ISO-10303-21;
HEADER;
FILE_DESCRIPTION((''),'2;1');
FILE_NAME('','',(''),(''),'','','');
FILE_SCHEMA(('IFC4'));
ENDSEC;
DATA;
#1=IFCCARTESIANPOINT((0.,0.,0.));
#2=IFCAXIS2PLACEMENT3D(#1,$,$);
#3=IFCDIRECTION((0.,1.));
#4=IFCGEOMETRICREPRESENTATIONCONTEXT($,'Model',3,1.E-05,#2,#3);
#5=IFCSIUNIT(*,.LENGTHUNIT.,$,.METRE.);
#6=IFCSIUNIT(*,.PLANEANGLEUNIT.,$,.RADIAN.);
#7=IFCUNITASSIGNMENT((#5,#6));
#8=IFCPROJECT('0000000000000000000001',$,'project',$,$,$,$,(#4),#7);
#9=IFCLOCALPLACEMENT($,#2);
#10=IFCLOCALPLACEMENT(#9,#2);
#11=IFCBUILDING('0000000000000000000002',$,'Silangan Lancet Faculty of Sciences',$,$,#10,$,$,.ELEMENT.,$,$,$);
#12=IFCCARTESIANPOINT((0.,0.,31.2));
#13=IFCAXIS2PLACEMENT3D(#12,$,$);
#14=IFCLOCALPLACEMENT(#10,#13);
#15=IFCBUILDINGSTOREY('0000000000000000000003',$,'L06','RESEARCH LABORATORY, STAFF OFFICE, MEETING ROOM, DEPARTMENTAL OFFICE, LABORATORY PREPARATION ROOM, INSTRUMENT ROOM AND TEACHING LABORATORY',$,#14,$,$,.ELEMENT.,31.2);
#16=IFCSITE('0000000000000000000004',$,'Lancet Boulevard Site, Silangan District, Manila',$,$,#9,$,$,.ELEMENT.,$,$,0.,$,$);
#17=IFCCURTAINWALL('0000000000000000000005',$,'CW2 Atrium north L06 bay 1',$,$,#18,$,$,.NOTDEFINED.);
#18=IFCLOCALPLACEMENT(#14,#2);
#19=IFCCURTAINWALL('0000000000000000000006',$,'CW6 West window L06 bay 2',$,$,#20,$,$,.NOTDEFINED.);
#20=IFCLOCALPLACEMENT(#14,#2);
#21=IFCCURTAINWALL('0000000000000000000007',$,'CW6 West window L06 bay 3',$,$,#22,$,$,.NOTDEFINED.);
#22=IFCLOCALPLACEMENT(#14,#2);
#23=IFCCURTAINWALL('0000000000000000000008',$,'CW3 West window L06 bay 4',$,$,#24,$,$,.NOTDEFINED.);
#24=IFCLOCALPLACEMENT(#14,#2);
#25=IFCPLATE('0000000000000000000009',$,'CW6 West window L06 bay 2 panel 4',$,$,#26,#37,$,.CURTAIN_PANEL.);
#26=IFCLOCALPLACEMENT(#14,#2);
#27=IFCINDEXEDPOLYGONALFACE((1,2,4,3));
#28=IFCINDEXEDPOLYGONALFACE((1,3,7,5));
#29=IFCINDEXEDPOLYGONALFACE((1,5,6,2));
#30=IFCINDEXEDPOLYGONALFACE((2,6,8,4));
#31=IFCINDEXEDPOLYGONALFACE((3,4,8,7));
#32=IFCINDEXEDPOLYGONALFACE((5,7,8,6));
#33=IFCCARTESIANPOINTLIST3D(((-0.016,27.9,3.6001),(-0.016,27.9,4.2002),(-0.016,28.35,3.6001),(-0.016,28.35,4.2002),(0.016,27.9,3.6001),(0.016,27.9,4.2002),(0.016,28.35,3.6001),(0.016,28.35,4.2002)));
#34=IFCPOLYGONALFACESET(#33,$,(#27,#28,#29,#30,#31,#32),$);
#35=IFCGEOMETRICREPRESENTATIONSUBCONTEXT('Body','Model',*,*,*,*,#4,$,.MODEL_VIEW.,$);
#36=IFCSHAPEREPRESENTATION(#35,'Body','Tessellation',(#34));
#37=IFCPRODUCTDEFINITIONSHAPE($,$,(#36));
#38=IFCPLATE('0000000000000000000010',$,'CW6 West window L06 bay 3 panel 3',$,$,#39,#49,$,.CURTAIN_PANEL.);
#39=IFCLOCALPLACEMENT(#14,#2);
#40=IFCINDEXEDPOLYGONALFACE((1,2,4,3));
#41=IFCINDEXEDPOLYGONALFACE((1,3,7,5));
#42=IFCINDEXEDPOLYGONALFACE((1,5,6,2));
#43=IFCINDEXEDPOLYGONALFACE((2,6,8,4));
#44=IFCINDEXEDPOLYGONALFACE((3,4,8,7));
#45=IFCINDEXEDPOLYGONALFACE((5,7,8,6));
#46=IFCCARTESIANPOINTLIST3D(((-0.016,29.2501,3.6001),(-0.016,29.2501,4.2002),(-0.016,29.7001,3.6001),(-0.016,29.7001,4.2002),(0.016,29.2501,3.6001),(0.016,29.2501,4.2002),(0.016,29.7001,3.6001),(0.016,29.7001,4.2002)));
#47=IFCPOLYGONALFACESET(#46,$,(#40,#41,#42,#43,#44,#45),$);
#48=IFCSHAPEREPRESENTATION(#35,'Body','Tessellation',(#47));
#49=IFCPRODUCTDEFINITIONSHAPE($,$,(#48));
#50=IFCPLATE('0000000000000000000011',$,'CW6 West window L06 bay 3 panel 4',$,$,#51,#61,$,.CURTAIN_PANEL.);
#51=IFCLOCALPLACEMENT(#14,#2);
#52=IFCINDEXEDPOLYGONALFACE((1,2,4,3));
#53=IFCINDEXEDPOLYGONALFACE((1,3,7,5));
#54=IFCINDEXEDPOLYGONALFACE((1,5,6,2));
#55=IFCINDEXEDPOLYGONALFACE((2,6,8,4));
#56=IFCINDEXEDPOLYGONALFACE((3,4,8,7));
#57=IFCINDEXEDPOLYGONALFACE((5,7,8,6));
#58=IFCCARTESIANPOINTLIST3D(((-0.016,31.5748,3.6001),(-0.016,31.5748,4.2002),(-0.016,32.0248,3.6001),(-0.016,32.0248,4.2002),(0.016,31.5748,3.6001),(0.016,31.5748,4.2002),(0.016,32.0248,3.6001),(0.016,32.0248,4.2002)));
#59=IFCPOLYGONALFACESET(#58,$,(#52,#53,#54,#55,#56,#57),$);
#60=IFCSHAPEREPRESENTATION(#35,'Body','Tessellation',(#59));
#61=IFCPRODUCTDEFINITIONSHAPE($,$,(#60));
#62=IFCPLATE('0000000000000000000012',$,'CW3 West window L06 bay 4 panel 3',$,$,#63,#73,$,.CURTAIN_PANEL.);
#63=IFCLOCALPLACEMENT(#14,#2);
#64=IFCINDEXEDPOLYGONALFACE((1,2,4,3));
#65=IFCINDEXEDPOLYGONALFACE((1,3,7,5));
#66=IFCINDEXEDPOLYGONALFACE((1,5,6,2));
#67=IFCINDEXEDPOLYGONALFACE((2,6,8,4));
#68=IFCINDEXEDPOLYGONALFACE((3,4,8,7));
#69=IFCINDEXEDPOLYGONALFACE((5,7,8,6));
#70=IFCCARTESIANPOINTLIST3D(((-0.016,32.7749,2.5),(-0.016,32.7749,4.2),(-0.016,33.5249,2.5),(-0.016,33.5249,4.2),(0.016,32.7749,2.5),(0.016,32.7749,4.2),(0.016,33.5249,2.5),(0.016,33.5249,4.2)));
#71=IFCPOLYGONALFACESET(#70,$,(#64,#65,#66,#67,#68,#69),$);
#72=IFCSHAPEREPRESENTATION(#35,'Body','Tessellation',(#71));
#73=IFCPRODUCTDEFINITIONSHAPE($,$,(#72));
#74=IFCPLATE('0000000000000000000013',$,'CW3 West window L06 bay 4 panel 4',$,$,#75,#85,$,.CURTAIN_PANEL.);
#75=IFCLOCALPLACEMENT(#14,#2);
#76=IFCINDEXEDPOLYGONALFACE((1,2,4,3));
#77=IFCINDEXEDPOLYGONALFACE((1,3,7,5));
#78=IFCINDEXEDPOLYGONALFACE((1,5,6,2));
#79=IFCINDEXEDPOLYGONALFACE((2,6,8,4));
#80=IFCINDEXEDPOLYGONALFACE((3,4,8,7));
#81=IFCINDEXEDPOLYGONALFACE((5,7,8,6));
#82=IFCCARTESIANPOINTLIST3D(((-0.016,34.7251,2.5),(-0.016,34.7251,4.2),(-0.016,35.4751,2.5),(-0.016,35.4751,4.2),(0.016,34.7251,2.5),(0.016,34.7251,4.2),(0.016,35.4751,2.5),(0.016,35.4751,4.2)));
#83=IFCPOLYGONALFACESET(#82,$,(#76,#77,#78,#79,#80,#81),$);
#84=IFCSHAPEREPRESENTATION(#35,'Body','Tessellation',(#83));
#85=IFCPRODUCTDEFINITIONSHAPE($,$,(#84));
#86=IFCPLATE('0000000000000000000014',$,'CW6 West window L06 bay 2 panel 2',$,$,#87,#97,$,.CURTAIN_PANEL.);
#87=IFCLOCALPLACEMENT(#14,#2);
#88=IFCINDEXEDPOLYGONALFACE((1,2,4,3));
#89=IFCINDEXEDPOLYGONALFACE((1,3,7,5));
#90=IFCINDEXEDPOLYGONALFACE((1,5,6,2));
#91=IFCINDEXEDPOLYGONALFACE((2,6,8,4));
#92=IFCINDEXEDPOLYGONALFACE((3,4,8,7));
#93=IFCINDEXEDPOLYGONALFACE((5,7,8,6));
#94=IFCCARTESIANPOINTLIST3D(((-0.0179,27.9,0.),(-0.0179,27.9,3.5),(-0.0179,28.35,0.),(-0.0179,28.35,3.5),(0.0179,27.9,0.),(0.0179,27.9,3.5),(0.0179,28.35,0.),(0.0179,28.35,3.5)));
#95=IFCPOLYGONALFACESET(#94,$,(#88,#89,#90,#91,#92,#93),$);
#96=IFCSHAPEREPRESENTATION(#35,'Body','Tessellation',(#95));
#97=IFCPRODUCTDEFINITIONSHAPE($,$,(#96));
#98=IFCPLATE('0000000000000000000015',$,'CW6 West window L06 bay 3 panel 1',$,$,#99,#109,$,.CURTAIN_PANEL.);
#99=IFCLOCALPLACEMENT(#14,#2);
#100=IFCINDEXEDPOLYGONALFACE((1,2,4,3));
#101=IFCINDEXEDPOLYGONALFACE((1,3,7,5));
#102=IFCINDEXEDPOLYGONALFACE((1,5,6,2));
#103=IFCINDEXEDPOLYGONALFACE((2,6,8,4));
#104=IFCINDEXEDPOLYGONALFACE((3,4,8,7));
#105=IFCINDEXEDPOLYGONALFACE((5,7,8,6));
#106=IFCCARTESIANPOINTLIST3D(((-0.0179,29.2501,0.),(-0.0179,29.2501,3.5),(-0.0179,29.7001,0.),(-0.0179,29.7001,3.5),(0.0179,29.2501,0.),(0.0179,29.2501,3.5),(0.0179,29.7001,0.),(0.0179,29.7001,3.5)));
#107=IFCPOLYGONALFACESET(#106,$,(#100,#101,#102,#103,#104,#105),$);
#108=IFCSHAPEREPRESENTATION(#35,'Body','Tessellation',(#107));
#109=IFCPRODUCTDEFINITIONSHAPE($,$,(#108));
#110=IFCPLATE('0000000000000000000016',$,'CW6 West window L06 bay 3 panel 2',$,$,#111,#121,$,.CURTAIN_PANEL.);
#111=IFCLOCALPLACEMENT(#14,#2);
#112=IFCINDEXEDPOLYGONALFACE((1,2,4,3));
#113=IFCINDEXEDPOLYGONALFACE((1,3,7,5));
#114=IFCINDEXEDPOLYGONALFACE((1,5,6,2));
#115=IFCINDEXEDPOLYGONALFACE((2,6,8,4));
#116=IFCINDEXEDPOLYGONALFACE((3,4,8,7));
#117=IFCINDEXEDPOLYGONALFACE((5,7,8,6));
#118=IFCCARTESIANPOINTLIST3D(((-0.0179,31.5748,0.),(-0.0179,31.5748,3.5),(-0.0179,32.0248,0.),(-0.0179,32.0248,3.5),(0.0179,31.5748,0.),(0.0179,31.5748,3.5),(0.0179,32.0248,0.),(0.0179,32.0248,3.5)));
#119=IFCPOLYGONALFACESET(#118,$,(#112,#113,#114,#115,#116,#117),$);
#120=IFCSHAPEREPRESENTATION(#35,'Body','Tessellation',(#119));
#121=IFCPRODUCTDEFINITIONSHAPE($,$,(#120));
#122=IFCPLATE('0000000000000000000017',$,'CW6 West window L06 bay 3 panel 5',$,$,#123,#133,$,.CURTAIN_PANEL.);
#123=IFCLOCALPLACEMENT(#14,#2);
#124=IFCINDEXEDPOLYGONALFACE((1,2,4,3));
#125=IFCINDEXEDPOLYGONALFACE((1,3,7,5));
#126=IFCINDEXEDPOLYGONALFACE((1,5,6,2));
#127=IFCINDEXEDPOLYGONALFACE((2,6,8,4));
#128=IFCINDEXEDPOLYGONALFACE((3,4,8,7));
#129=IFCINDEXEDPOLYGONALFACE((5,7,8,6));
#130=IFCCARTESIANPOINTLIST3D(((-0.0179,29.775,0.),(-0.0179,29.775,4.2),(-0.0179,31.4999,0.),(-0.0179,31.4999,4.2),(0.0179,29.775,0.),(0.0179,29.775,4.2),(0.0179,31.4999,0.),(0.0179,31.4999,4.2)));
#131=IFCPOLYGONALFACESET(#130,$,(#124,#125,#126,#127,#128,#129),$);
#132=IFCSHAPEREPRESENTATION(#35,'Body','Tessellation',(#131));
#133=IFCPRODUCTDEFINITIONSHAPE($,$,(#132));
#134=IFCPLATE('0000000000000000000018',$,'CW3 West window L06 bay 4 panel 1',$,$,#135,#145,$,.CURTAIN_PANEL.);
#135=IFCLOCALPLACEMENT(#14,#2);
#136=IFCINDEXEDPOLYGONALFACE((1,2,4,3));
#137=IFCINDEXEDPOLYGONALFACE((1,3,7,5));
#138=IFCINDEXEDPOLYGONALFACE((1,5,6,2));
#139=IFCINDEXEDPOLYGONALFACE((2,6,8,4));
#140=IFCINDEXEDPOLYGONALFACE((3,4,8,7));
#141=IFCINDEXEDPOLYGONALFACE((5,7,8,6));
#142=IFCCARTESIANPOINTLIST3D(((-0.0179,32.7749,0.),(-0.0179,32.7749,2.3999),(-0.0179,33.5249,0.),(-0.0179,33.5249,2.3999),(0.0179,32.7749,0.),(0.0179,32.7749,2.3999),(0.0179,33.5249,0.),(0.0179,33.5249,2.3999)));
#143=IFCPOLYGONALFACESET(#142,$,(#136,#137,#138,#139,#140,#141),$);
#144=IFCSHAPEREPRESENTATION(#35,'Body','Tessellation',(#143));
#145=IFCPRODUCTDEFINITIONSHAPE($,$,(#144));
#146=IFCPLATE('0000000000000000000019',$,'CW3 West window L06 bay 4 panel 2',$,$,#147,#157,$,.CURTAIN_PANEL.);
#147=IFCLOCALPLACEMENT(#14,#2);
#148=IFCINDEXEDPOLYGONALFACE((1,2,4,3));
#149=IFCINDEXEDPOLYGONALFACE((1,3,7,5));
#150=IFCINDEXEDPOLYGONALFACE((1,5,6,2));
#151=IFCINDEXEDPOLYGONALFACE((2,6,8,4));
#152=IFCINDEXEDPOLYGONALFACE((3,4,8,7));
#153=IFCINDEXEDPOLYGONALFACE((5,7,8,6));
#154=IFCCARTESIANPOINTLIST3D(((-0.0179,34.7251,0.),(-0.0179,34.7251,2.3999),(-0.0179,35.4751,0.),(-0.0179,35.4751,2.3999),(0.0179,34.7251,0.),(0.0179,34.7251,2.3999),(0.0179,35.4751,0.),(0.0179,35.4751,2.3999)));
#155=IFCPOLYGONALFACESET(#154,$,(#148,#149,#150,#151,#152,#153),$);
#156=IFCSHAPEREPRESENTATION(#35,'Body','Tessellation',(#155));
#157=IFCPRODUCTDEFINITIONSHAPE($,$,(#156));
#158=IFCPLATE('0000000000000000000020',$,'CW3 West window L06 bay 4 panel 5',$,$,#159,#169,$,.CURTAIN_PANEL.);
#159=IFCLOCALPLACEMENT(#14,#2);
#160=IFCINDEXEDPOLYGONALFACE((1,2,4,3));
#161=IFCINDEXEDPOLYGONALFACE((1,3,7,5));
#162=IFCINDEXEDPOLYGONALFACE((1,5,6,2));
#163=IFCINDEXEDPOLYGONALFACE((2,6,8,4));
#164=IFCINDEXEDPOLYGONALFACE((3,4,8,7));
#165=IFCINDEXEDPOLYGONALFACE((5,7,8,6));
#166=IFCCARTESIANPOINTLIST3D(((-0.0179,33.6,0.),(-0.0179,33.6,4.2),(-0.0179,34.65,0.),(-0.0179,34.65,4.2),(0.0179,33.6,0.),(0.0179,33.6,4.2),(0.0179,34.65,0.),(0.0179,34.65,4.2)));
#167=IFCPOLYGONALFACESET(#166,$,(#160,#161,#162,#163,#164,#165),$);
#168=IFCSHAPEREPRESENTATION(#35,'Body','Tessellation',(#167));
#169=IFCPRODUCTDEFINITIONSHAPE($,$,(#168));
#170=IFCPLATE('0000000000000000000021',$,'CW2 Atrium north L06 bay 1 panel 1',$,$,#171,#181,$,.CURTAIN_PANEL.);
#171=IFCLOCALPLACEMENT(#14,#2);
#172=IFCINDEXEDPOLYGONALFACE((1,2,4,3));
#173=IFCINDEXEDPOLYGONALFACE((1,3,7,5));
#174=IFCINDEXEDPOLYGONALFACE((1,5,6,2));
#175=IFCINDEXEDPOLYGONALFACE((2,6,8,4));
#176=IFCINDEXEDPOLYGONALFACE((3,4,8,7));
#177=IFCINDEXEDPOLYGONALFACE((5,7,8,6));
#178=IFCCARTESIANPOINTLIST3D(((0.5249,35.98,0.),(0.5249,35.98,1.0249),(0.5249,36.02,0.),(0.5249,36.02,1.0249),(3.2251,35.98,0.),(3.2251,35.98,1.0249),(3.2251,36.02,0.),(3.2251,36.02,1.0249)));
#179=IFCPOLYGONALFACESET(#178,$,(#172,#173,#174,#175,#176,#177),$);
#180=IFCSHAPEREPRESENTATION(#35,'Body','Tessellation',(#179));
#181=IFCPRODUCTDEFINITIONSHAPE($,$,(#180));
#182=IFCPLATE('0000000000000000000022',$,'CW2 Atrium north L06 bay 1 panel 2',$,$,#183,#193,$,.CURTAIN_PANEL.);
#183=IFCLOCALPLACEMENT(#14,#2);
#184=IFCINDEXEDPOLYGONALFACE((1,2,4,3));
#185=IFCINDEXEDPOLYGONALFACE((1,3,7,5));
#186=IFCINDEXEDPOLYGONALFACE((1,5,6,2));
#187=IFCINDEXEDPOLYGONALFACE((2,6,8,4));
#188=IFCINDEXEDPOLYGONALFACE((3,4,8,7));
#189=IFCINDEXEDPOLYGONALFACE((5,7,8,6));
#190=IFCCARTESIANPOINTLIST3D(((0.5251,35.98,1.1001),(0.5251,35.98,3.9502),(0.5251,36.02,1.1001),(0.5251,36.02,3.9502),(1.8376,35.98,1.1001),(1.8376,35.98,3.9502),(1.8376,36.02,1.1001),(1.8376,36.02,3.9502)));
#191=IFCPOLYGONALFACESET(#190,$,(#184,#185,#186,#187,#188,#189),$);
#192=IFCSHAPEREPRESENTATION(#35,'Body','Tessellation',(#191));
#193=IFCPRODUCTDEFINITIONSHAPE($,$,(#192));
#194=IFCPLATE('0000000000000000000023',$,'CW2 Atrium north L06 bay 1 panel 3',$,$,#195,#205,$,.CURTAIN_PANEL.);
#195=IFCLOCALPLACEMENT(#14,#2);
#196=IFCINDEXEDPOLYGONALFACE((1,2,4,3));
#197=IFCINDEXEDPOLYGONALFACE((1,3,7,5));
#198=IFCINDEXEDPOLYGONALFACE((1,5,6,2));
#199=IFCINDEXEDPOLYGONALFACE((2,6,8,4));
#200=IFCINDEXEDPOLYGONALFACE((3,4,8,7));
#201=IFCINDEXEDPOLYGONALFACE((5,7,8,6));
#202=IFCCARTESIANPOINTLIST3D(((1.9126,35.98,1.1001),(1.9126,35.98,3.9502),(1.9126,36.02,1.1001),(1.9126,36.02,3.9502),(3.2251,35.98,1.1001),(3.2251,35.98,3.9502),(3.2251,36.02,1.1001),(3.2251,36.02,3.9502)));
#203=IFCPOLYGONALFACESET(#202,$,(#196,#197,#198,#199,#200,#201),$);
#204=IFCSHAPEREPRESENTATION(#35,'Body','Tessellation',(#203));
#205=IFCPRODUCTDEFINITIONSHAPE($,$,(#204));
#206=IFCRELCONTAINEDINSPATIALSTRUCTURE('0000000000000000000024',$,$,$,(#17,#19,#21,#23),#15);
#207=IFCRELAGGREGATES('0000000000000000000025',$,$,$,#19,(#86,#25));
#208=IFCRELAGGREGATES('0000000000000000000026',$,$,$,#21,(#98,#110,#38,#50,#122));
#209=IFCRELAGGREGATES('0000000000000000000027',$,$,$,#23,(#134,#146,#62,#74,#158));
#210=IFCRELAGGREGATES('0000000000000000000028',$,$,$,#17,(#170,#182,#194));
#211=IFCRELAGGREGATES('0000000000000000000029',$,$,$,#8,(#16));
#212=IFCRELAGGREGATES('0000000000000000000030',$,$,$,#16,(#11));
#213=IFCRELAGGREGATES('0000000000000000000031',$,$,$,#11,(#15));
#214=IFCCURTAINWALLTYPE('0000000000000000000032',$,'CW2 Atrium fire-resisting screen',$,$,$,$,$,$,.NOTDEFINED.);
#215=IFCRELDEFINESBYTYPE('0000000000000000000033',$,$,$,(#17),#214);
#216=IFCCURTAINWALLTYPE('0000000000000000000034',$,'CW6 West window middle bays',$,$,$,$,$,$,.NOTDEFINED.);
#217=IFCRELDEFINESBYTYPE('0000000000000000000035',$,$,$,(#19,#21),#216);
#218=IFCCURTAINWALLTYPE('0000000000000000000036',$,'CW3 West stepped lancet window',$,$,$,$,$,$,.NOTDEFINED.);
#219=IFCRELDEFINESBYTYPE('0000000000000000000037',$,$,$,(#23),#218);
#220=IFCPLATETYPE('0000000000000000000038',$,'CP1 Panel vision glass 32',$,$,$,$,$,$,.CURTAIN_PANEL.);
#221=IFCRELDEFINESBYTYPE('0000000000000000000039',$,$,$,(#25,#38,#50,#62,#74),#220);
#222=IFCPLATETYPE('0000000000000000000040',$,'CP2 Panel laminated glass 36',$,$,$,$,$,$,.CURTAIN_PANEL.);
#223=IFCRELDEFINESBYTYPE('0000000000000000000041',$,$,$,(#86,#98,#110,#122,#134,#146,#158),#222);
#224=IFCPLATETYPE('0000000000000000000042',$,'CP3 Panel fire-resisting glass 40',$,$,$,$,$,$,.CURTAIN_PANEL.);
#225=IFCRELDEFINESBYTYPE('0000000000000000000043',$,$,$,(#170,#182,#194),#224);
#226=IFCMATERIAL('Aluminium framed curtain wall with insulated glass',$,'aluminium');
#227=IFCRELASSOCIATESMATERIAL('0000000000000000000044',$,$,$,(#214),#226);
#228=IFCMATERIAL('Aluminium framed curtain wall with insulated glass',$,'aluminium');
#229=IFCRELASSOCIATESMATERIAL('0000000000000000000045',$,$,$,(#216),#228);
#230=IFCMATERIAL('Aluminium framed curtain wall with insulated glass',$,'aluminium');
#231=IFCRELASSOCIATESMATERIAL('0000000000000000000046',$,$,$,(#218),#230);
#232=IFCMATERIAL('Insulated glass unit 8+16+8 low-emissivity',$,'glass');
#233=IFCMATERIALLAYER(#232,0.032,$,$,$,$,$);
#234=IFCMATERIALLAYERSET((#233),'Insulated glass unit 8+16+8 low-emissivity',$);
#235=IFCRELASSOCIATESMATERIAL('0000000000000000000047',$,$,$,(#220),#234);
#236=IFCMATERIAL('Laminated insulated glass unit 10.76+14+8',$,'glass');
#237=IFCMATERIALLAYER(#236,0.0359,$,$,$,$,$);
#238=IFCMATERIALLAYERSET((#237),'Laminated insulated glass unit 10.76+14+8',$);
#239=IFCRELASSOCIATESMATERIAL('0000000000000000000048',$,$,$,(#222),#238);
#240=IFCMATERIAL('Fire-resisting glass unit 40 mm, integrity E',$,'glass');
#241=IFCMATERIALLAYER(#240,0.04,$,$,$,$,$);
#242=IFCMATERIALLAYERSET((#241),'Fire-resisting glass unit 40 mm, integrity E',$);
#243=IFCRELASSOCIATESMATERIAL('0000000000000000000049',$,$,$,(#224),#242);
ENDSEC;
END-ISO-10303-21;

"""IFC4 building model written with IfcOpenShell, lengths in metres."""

from ifc_helpers import new_model, si_unit, direction, frame, origin, origin_2d, place, context, subcontext, project, spatial, rectangle, extrude, material, layer, layer_set, type_object, element, aggregate, save


model = new_model("IFC4")

# Units and contexts
model_context = context("Model", 3, precision=1e-05, world=origin(), true_north=direction((0.0, 1.0)))
body_context = subcontext(model_context, "Body", "Model", "MODEL_VIEW")
ifc_project = project(units=[si_unit("LENGTHUNIT", "METRE"), si_unit("PLANEANGLEUNIT", "RADIAN")], contexts=[model_context])

# Site, building, storey
site_placement = place(None, origin())
site = spatial("IfcSite", under=ifc_project, at=site_placement, Name="Lancet Boulevard Site, Silangan District, Manila", CompositionType="ELEMENT", RefElevation=0.0)
building_placement = place(site_placement, origin())
building = spatial("IfcBuilding", under=site, at=building_placement, Name="Silangan Lancet Faculty of Sciences", CompositionType="ELEMENT")
storey_placement = place(building_placement, frame((0.0, 0.0, 31.2)))
storey = spatial("IfcBuildingStorey", under=building, at=storey_placement, Name="L06", Description="RESEARCH LABORATORY, STAFF OFFICE, MEETING ROOM, DEPARTMENTAL OFFICE, LABORATORY PREPARATION ROOM, INSTRUMENT ROOM AND TEACHING LABORATORY", CompositionType="ELEMENT", Elevation=31.2)

# Curtain wall
ifc_material_1 = material(Name="Aluminium framed curtain wall with insulated glass", Category="aluminium")
curtain_wall_type_1 = type_object("IfcCurtainWallType", Name="CW2 Atrium fire-resisting screen", PredefinedType="NOTDEFINED", material=ifc_material_1)
curtain_wall_1_placement = place(storey_placement, origin())
curtain_wall_1 = element("IfcCurtainWall", 1, at=curtain_wall_1_placement, inside=storey, type_object=curtain_wall_type_1, Name="CW2 Atrium north L06 bay 1", PredefinedType="NOTDEFINED")

# Curtain wall
ifc_material_2 = material(Name="Aluminium framed curtain wall with insulated glass", Category="aluminium")
curtain_wall_type_2 = type_object("IfcCurtainWallType", Name="CW6 West window middle bays", PredefinedType="NOTDEFINED", material=ifc_material_2)
curtain_wall_2_placement = place(storey_placement, origin())
curtain_wall_2 = element("IfcCurtainWall", 2, at=curtain_wall_2_placement, inside=storey, type_object=curtain_wall_type_2, Name="CW6 West window L06 bay 2", PredefinedType="NOTDEFINED")

# Curtain walls
curtain_wall_3_placement = place(storey_placement, origin())
curtain_wall_3 = element("IfcCurtainWall", 3, at=curtain_wall_3_placement, inside=storey, type_object=curtain_wall_type_2, Name="CW6 West window L06 bay 3", PredefinedType="NOTDEFINED")
ifc_material_3 = material(Name="Aluminium framed curtain wall with insulated glass", Category="aluminium")
curtain_wall_type_3 = type_object("IfcCurtainWallType", Name="CW3 West stepped lancet window", PredefinedType="NOTDEFINED", material=ifc_material_3)
curtain_wall_4_placement = place(storey_placement, origin())
curtain_wall_4 = element("IfcCurtainWall", 4, at=curtain_wall_4_placement, inside=storey, type_object=curtain_wall_type_3, Name="CW3 West window L06 bay 4", PredefinedType="NOTDEFINED")

# Plates
ifc_material_4 = material(Name="Insulated glass unit 8+16+8 low-emissivity", Category="glass")
ifc_layer_1 = layer(ifc_material_4, 0.032)
ifc_layer_set_1 = layer_set([ifc_layer_1], Name="Insulated glass unit 8+16+8 low-emissivity")
plate_type_1 = type_object("IfcPlateType", Name="CP1 Panel vision glass 32", PredefinedType="CURTAIN_PANEL", material=ifc_layer_set_1)
plate_1_placement = place(storey_placement, frame((0.0, 28.125, 3.6001), z_axis=(0.0, 0.0, 1.0), x_axis=(0.0, 1.0, 0.0)))
plate_1 = element("IfcPlate", 5, at=plate_1_placement, type_object=plate_type_1, Name="CW6 West window L06 bay 2 panel 4", PredefinedType="CURTAIN_PANEL", context=body_context, shape_type="SweptSolid", body=[
    extrude(rectangle(XDim=0.45, YDim=0.032, at=origin_2d()), origin(), (0.0, 0.0, 1.0), 0.6001),
])
plate_2_placement = place(storey_placement, frame((0.0, 29.4751, 3.6001), z_axis=(0.0, 0.0, 1.0), x_axis=(0.0, 1.0, 0.0)))
plate_2 = element("IfcPlate", 6, at=plate_2_placement, type_object=plate_type_1, Name="CW6 West window L06 bay 3 panel 3", PredefinedType="CURTAIN_PANEL", context=body_context, shape_type="SweptSolid", body=[
    extrude(rectangle(XDim=0.45, YDim=0.032, at=origin_2d()), origin(), (0.0, 0.0, 1.0), 0.6001),
])
plate_3_placement = place(storey_placement, frame((0.0, 31.7998, 3.6001), z_axis=(0.0, 0.0, 1.0), x_axis=(0.0, 1.0, 0.0)))
plate_3 = element("IfcPlate", 7, at=plate_3_placement, type_object=plate_type_1, Name="CW6 West window L06 bay 3 panel 4", PredefinedType="CURTAIN_PANEL", context=body_context, shape_type="SweptSolid", body=[
    extrude(rectangle(XDim=0.45, YDim=0.032, at=origin_2d()), origin(), (0.0, 0.0, 1.0), 0.6001),
])
plate_4_placement = place(storey_placement, frame((0.0, 33.1499, 2.5), z_axis=(0.0, 0.0, 1.0), x_axis=(0.0, 1.0, 0.0)))
plate_4 = element("IfcPlate", 8, at=plate_4_placement, type_object=plate_type_1, Name="CW3 West window L06 bay 4 panel 3", PredefinedType="CURTAIN_PANEL", context=body_context, shape_type="SweptSolid", body=[
    extrude(rectangle(XDim=0.75, YDim=0.032, at=origin_2d()), origin(), (0.0, 0.0, 1.0), 1.7),
])
plate_5_placement = place(storey_placement, frame((0.0, 35.1001, 2.5), z_axis=(0.0, 0.0, 1.0), x_axis=(0.0, 1.0, 0.0)))
plate_5 = element("IfcPlate", 9, at=plate_5_placement, type_object=plate_type_1, Name="CW3 West window L06 bay 4 panel 4", PredefinedType="CURTAIN_PANEL", context=body_context, shape_type="SweptSolid", body=[
    extrude(rectangle(XDim=0.75, YDim=0.032, at=origin_2d()), origin(), (0.0, 0.0, 1.0), 1.7),
])
ifc_material_5 = material(Name="Laminated insulated glass unit 10.76+14+8", Category="glass")
ifc_layer_2 = layer(ifc_material_5, 0.0359)
ifc_layer_set_2 = layer_set([ifc_layer_2], Name="Laminated insulated glass unit 10.76+14+8")
plate_type_2 = type_object("IfcPlateType", Name="CP2 Panel laminated glass 36", PredefinedType="CURTAIN_PANEL", material=ifc_layer_set_2)
plate_6_placement = place(storey_placement, frame((0.0, 28.125, 0.0), z_axis=(0.0, 0.0, 1.0), x_axis=(0.0, 1.0, 0.0)))
plate_6 = element("IfcPlate", 10, at=plate_6_placement, type_object=plate_type_2, Name="CW6 West window L06 bay 2 panel 2", PredefinedType="CURTAIN_PANEL", context=body_context, shape_type="SweptSolid", body=[
    extrude(rectangle(XDim=0.45, YDim=0.0359, at=origin_2d()), origin(), (0.0, 0.0, 1.0), 3.5),
])
aggregate(curtain_wall_2, [plate_6, plate_1])
plate_7_placement = place(storey_placement, frame((0.0, 29.4751, 0.0), z_axis=(0.0, 0.0, 1.0), x_axis=(0.0, 1.0, 0.0)))
plate_7 = element("IfcPlate", 11, at=plate_7_placement, type_object=plate_type_2, Name="CW6 West window L06 bay 3 panel 1", PredefinedType="CURTAIN_PANEL", context=body_context, shape_type="SweptSolid", body=[
    extrude(rectangle(XDim=0.45, YDim=0.0359, at=origin_2d()), origin(), (0.0, 0.0, 1.0), 3.5),
])
plate_8_placement = place(storey_placement, frame((0.0, 31.7998, 0.0), z_axis=(0.0, 0.0, 1.0), x_axis=(0.0, 1.0, 0.0)))
plate_8 = element("IfcPlate", 12, at=plate_8_placement, type_object=plate_type_2, Name="CW6 West window L06 bay 3 panel 2", PredefinedType="CURTAIN_PANEL", context=body_context, shape_type="SweptSolid", body=[
    extrude(rectangle(XDim=0.45, YDim=0.0359, at=origin_2d()), origin(), (0.0, 0.0, 1.0), 3.5),
])
plate_9_placement = place(storey_placement, frame((0.0, 30.6375, 0.0), z_axis=(0.0, 0.0, 1.0), x_axis=(0.0, 1.0, 0.0)))
plate_9 = element("IfcPlate", 13, at=plate_9_placement, type_object=plate_type_2, Name="CW6 West window L06 bay 3 panel 5", PredefinedType="CURTAIN_PANEL", context=body_context, shape_type="SweptSolid", body=[
    extrude(rectangle(XDim=1.7249, YDim=0.0359, at=origin_2d()), origin(), (0.0, 0.0, 1.0), 4.2),
])
aggregate(curtain_wall_3, [plate_7, plate_8, plate_2, plate_3, plate_9])
plate_10_placement = place(storey_placement, frame((0.0, 33.1499, 0.0), z_axis=(0.0, 0.0, 1.0), x_axis=(0.0, 1.0, 0.0)))
plate_10 = element("IfcPlate", 14, at=plate_10_placement, type_object=plate_type_2, Name="CW3 West window L06 bay 4 panel 1", PredefinedType="CURTAIN_PANEL", context=body_context, shape_type="SweptSolid", body=[
    extrude(rectangle(XDim=0.75, YDim=0.0359, at=origin_2d()), origin(), (0.0, 0.0, 1.0), 2.3999),
])
plate_11_placement = place(storey_placement, frame((0.0, 35.1001, 0.0), z_axis=(0.0, 0.0, 1.0), x_axis=(0.0, 1.0, 0.0)))
plate_11 = element("IfcPlate", 15, at=plate_11_placement, type_object=plate_type_2, Name="CW3 West window L06 bay 4 panel 2", PredefinedType="CURTAIN_PANEL", context=body_context, shape_type="SweptSolid", body=[
    extrude(rectangle(XDim=0.75, YDim=0.0359, at=origin_2d()), origin(), (0.0, 0.0, 1.0), 2.3999),
])
plate_12_placement = place(storey_placement, frame((0.0, 34.125, 0.0), z_axis=(0.0, 0.0, 1.0), x_axis=(0.0, 1.0, 0.0)))
plate_12 = element("IfcPlate", 16, at=plate_12_placement, type_object=plate_type_2, Name="CW3 West window L06 bay 4 panel 5", PredefinedType="CURTAIN_PANEL", context=body_context, shape_type="SweptSolid", body=[
    extrude(rectangle(XDim=1.05, YDim=0.0359, at=origin_2d()), origin(), (0.0, 0.0, 1.0), 4.2),
])
aggregate(curtain_wall_4, [plate_10, plate_11, plate_4, plate_5, plate_12])
ifc_material_6 = material(Name="Fire-resisting glass unit 40 mm, integrity E", Category="glass")
ifc_layer_3 = layer(ifc_material_6, 0.04)
ifc_layer_set_3 = layer_set([ifc_layer_3], Name="Fire-resisting glass unit 40 mm, integrity E")
plate_type_3 = type_object("IfcPlateType", Name="CP3 Panel fire-resisting glass 40", PredefinedType="CURTAIN_PANEL", material=ifc_layer_set_3)
plate_13_placement = place(storey_placement, frame((1.875, 36.0, 0.0), z_axis=(0.0, 0.0, 1.0), x_axis=(1.0, 0.0, 0.0)))
plate_13 = element("IfcPlate", 17, at=plate_13_placement, type_object=plate_type_3, Name="CW2 Atrium north L06 bay 1 panel 1", PredefinedType="CURTAIN_PANEL", context=body_context, shape_type="SweptSolid", body=[
    extrude(rectangle(XDim=2.7002, YDim=0.04, at=origin_2d()), origin(), (0.0, 0.0, 1.0), 1.0249),
])
plate_14_placement = place(storey_placement, frame((1.1814, 36.0, 1.1001), z_axis=(0.0, 0.0, 1.0), x_axis=(1.0, 0.0, 0.0)))
plate_14 = element("IfcPlate", 18, at=plate_14_placement, type_object=plate_type_3, Name="CW2 Atrium north L06 bay 1 panel 2", PredefinedType="CURTAIN_PANEL", context=body_context, shape_type="SweptSolid", body=[
    extrude(rectangle(XDim=1.3125, YDim=0.04, at=origin_2d()), origin(), (0.0, 0.0, 1.0), 2.8501),
])
plate_15_placement = place(storey_placement, frame((2.5688, 36.0, 1.1001), z_axis=(0.0, 0.0, 1.0), x_axis=(1.0, 0.0, 0.0)))
plate_15 = element("IfcPlate", 19, at=plate_15_placement, type_object=plate_type_3, Name="CW2 Atrium north L06 bay 1 panel 3", PredefinedType="CURTAIN_PANEL", context=body_context, shape_type="SweptSolid", body=[
    extrude(rectangle(XDim=1.3125, YDim=0.04, at=origin_2d()), origin(), (0.0, 0.0, 1.0), 2.8501),
])
aggregate(curtain_wall_1, [plate_13, plate_14, plate_15])

save(model, "model.ifc")
